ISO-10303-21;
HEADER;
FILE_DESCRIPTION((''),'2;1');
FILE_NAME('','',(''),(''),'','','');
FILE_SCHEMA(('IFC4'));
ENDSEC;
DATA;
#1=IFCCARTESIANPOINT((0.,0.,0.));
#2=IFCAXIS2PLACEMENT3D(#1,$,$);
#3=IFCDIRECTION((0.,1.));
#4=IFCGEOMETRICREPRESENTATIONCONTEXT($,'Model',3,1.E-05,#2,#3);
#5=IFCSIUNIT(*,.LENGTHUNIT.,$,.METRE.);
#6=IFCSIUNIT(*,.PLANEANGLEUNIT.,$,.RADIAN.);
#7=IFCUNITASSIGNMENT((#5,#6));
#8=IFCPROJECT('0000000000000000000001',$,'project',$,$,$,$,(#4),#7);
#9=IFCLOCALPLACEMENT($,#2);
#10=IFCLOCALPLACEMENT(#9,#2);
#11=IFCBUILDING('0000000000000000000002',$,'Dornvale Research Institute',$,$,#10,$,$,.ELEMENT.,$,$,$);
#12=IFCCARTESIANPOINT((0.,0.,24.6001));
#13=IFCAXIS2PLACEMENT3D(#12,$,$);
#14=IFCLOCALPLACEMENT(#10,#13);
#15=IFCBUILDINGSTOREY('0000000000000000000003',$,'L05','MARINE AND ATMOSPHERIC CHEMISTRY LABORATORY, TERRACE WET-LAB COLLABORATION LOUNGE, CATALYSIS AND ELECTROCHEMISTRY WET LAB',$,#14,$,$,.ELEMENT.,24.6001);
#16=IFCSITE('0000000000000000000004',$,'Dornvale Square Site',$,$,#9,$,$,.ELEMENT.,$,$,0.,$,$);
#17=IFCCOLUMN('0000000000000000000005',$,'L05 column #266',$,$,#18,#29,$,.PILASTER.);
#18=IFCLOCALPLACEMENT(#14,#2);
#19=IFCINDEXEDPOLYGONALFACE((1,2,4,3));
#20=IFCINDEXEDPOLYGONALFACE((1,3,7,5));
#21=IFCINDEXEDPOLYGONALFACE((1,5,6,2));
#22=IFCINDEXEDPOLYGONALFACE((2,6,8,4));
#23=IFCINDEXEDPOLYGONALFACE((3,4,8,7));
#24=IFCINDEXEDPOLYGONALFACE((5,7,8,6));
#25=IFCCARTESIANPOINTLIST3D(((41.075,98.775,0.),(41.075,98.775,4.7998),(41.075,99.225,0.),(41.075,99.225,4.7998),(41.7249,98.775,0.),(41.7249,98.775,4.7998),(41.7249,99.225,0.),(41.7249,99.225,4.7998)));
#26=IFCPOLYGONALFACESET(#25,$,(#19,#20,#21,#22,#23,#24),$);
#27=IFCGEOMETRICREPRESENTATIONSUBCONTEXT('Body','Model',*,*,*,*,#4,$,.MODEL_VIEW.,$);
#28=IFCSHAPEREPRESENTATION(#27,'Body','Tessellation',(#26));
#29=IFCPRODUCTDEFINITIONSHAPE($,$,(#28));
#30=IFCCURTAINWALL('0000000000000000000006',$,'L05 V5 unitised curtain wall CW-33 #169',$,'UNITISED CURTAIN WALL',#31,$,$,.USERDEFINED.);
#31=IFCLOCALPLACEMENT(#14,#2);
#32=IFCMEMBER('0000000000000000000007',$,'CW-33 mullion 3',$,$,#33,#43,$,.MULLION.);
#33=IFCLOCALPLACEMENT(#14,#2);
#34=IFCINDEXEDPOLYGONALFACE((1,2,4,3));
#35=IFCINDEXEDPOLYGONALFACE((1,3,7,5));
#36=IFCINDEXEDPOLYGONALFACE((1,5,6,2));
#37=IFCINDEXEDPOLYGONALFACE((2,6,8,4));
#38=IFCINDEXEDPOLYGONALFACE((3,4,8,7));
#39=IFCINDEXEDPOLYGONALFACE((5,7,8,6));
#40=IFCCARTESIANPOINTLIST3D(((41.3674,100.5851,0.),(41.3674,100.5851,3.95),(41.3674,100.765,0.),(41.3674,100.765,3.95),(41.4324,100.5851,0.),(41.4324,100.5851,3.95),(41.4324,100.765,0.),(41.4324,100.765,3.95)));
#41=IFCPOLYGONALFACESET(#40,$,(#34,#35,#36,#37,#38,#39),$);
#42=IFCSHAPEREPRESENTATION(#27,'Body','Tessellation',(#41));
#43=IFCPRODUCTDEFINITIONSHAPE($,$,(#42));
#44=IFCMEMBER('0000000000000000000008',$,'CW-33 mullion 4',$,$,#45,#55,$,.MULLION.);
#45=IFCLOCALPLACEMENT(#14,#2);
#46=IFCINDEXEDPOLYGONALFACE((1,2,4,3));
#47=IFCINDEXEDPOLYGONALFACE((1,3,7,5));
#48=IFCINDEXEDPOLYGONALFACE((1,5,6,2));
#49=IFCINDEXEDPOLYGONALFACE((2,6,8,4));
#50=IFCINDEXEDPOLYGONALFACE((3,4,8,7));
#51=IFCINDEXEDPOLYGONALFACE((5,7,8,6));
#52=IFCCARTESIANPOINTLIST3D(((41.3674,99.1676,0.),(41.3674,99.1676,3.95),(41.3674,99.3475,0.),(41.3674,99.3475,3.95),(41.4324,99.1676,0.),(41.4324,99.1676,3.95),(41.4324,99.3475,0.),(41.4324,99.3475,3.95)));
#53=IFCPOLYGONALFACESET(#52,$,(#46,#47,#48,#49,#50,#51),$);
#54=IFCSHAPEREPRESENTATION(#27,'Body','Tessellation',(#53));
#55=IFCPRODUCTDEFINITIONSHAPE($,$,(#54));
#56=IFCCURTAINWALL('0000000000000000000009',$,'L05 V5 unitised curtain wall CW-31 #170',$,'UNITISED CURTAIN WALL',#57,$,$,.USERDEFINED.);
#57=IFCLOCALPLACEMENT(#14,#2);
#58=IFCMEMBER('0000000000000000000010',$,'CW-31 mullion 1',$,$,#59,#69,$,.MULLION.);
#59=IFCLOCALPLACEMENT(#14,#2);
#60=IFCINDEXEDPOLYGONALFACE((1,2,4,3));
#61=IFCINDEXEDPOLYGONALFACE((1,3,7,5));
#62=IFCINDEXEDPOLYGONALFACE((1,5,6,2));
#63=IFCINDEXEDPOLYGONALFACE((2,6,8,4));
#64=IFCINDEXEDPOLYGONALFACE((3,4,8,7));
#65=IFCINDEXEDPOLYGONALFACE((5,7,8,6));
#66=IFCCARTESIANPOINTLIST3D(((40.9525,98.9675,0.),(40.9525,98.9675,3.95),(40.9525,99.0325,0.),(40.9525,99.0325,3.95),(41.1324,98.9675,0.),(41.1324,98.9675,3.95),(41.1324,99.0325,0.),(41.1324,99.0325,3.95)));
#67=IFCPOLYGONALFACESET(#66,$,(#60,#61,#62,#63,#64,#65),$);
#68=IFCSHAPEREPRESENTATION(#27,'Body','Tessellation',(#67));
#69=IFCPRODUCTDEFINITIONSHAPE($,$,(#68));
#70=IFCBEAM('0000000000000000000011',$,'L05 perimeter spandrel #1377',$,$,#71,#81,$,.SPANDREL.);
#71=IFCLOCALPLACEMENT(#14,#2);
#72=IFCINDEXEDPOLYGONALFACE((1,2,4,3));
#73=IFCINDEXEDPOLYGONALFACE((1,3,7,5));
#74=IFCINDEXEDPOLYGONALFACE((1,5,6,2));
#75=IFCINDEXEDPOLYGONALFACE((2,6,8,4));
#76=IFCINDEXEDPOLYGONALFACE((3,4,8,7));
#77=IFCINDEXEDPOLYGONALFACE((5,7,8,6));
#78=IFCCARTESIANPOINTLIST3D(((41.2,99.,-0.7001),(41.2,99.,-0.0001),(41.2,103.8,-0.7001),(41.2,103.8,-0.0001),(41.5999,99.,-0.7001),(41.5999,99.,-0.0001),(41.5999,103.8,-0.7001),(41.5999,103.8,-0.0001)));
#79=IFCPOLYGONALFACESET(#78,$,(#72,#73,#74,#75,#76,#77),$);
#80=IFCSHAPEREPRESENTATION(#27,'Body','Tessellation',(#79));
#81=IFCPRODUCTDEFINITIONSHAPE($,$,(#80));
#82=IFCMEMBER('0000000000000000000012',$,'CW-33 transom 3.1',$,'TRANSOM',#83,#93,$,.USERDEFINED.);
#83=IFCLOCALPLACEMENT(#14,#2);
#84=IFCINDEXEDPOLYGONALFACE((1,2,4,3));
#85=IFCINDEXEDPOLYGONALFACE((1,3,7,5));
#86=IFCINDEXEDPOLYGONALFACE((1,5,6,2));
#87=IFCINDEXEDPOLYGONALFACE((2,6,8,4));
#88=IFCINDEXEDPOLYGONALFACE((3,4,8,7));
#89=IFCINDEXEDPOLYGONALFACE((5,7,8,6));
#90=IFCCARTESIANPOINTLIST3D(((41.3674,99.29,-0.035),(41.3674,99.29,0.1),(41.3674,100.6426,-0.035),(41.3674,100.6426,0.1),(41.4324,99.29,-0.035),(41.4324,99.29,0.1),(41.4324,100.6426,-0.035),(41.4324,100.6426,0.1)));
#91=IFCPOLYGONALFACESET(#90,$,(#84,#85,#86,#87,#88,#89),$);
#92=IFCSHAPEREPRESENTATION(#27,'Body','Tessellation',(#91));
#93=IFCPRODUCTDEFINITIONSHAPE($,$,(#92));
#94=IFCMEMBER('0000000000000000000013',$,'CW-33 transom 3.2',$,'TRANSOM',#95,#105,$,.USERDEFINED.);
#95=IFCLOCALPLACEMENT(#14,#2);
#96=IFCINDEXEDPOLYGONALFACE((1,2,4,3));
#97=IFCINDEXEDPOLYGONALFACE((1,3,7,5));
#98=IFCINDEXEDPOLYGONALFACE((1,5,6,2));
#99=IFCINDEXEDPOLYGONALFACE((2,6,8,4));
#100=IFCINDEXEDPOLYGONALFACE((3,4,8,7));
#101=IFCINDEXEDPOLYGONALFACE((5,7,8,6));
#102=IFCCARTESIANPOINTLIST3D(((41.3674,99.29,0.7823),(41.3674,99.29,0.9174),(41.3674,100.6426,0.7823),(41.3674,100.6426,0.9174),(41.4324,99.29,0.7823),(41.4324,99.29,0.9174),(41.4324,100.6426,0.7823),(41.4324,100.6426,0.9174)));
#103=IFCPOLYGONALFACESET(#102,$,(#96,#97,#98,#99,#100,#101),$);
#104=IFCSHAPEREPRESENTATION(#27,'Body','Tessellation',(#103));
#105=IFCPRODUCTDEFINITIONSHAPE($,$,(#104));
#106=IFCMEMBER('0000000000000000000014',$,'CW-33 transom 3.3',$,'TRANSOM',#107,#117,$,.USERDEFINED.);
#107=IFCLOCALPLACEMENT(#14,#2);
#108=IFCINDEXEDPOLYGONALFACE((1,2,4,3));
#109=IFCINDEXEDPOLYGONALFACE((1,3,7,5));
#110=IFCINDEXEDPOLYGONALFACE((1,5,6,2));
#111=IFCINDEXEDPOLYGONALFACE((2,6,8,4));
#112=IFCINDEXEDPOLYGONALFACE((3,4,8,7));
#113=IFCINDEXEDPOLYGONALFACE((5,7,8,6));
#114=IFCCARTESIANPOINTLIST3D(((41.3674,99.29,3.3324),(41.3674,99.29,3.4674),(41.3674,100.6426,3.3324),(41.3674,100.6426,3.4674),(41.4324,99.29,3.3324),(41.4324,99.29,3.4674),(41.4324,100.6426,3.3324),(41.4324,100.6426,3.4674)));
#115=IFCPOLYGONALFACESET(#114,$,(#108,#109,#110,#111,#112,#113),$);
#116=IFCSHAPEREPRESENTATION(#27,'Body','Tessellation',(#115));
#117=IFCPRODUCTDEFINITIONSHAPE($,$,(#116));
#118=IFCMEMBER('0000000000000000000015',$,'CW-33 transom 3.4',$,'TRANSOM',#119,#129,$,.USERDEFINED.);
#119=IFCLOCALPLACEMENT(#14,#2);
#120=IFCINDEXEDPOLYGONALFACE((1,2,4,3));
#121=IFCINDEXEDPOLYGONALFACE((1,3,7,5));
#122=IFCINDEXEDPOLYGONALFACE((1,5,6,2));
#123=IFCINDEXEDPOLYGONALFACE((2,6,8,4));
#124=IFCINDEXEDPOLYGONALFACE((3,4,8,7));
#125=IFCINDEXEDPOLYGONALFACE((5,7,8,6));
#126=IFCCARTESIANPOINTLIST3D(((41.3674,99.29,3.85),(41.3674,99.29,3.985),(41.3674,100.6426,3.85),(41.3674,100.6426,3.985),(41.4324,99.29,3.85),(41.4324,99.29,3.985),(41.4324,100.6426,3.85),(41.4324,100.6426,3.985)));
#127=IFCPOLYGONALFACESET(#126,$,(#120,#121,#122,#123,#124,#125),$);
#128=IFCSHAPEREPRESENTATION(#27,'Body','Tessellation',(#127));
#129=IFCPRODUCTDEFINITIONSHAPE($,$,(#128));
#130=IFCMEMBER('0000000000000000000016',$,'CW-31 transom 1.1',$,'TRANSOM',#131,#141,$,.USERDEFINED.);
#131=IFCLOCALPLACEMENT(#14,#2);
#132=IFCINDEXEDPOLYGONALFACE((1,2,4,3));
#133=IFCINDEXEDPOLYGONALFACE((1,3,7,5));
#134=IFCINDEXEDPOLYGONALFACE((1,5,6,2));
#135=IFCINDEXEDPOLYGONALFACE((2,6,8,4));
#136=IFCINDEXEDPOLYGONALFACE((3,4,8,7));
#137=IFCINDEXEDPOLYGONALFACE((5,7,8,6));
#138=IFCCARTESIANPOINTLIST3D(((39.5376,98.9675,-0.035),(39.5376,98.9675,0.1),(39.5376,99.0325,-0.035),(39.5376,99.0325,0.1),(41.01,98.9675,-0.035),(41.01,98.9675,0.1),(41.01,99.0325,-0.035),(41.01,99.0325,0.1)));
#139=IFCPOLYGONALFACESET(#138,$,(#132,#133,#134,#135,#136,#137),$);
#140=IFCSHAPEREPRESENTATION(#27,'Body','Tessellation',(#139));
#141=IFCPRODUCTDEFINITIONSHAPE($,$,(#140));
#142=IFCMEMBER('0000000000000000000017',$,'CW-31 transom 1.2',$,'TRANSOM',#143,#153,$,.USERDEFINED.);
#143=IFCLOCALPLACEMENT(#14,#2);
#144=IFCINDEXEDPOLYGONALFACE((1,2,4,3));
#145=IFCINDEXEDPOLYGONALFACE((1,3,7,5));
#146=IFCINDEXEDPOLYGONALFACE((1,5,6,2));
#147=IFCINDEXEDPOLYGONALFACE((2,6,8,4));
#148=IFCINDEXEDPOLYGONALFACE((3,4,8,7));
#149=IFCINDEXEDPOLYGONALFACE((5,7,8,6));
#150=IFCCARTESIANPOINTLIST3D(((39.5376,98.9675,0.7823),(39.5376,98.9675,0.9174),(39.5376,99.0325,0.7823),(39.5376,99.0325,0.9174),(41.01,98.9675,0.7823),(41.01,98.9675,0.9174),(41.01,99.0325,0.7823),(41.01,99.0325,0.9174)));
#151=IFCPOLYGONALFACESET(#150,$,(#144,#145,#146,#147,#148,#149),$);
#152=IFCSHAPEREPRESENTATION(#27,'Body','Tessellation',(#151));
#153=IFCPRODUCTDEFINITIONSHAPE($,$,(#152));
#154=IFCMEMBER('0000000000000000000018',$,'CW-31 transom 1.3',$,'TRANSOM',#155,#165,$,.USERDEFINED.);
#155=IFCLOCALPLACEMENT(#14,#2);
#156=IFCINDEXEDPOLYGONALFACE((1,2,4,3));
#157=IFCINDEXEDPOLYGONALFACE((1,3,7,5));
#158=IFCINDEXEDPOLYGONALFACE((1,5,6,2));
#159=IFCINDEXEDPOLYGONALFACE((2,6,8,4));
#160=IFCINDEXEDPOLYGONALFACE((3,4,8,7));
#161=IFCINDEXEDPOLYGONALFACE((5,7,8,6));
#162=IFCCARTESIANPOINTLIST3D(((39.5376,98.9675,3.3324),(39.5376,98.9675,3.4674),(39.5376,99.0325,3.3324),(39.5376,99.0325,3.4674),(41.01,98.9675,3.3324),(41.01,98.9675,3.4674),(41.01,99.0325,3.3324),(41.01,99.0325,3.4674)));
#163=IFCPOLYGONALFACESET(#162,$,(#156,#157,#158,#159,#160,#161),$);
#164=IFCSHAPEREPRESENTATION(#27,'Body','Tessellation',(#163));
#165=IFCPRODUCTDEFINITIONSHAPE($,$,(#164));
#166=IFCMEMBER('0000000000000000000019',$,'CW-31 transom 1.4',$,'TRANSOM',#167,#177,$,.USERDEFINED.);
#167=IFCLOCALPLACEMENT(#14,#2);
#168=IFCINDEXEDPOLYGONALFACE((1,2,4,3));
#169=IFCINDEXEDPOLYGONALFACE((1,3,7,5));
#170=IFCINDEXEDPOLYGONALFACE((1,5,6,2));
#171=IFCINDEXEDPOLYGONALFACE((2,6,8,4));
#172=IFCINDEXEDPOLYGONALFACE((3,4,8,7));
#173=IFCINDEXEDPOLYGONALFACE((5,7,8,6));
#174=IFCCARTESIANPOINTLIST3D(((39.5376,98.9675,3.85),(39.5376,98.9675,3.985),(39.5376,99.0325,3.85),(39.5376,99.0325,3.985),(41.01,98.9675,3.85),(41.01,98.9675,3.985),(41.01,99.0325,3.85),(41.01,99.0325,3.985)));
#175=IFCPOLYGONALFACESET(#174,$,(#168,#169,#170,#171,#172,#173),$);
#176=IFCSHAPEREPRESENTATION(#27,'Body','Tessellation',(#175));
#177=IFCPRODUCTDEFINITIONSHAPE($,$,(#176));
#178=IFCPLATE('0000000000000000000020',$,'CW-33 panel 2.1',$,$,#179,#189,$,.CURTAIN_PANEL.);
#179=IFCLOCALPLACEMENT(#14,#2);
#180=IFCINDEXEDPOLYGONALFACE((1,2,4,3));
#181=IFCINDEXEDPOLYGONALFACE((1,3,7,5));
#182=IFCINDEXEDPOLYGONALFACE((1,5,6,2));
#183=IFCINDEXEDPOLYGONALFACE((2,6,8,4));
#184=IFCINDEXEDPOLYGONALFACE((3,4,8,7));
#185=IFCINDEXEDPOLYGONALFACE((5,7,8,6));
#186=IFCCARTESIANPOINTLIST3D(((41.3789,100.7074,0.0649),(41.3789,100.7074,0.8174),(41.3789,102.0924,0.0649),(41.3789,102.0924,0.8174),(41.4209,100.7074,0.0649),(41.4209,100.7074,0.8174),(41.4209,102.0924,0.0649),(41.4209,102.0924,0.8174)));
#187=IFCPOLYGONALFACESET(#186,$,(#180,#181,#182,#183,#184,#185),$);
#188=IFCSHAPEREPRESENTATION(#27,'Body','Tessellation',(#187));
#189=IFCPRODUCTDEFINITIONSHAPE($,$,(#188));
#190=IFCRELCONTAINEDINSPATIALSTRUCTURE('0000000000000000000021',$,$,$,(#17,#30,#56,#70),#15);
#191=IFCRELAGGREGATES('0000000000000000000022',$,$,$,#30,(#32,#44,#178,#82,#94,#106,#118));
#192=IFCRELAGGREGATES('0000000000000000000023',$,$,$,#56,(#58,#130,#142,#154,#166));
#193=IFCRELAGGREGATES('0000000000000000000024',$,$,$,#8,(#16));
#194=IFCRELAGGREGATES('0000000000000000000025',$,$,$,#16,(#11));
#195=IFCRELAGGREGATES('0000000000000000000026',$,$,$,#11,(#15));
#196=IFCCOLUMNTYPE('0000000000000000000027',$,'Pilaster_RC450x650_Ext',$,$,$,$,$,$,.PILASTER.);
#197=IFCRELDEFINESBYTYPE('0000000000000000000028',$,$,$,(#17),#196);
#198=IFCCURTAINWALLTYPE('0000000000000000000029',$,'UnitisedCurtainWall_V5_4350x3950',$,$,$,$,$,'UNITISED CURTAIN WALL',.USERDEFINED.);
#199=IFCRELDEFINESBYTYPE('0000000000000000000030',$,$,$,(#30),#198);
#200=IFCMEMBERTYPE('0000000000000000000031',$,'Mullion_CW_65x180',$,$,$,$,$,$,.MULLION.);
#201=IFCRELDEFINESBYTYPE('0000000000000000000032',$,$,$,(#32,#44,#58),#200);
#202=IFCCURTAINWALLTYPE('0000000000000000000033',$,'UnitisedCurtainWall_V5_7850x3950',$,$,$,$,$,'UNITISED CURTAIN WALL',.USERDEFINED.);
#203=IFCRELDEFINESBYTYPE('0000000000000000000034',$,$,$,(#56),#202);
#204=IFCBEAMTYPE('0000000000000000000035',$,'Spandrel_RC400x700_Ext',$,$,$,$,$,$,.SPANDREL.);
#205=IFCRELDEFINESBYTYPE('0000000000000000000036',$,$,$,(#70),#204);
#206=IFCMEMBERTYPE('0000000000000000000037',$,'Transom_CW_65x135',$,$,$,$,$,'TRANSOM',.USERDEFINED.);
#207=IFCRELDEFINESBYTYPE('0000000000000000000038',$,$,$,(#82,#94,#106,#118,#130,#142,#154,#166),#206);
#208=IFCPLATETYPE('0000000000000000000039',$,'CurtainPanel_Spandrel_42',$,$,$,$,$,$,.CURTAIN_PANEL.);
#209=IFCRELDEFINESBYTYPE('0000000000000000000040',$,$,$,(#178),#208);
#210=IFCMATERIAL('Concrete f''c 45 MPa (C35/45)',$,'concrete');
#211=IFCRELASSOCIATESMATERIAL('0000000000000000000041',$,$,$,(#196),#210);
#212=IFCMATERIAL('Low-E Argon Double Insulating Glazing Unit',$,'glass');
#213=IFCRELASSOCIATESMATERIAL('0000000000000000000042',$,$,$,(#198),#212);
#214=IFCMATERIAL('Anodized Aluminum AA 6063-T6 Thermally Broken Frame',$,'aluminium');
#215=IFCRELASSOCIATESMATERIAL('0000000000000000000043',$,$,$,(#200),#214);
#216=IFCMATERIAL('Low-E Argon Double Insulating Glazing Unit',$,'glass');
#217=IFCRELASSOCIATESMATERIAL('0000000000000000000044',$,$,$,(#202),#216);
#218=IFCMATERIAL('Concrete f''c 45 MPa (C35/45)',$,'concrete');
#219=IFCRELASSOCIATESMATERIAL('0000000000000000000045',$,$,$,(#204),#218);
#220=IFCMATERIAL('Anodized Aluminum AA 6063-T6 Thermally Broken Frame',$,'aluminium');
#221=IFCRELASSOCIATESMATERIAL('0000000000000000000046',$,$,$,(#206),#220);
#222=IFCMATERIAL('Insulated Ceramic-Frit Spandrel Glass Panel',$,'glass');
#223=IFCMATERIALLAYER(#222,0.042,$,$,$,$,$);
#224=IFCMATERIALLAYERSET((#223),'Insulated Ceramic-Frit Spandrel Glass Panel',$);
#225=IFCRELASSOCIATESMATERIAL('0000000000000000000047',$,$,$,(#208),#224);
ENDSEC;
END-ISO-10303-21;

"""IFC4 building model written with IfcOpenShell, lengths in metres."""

from ifc_helpers import new_model, si_unit, direction, frame, origin, origin_2d, place, context, subcontext, project, spatial, rectangle, extrude, material, layer, layer_set, material_profile, profile_set, type_object, element, aggregate, save


model = new_model("IFC4")

# Units and contexts
model_context = context("Model", 3, precision=1e-05, world=origin(), true_north=direction((0.0, 1.0)))
body_context = subcontext(model_context, "Body", "Model", "MODEL_VIEW")
ifc_project = project(units=[si_unit("LENGTHUNIT", "METRE"), si_unit("PLANEANGLEUNIT", "RADIAN")], contexts=[model_context])

# Site, building, storey
site_placement = place(None, origin())
site = spatial("IfcSite", under=ifc_project, at=site_placement, Name="Dornvale Square Site", CompositionType="ELEMENT", RefElevation=0.0)
building_placement = place(site_placement, origin())
building = spatial("IfcBuilding", under=site, at=building_placement, Name="Dornvale Research Institute", CompositionType="ELEMENT")
storey_placement = place(building_placement, frame((0.0, 0.0, 24.6001)))
storey = spatial("IfcBuildingStorey", under=building, at=storey_placement, Name="L05", Description="MARINE AND ATMOSPHERIC CHEMISTRY LABORATORY, TERRACE WET-LAB COLLABORATION LOUNGE, CATALYSIS AND ELECTROCHEMISTRY WET LAB", CompositionType="ELEMENT", Elevation=24.6001)

# Column
ifc_material_1 = material(Name="Concrete f'c 45 MPa (C35/45)", Category="concrete")
ifc_material_profile_1 = material_profile(ifc_material_1, rectangle(XDim=0.45, YDim=0.6499, at=origin_2d()), Name="RC 450x650")
ifc_profile_set_1 = profile_set([ifc_material_profile_1], Name="Concrete f'c 45 MPa (C35/45)")
column_type = type_object("IfcColumnType", Name="Pilaster_RC450x650_Ext", PredefinedType="PILASTER", material=ifc_profile_set_1)
column_placement = place(storey_placement, frame((41.3999, 99.0, 0.0), z_axis=(0.0, 0.0, 1.0), x_axis=(0.0, 1.0, 0.0)))
element("IfcColumn", 1, at=column_placement, inside=storey, type_object=column_type, Name="L05 column #266", PredefinedType="PILASTER", context=body_context, shape_type="SweptSolid", body=[
    extrude(rectangle(XDim=0.45, YDim=0.6499, at=origin_2d()), origin(), (0.0, 0.0, 1.0), 4.7998),
])

# Curtain wall, members
ifc_material_2 = material(Name="Low-E Argon Double Insulating Glazing Unit", Category="glass")
curtain_wall_type_1 = type_object("IfcCurtainWallType", Name="UnitisedCurtainWall_V5_4350x3950", ElementType="UNITISED CURTAIN WALL", PredefinedType="USERDEFINED", material=ifc_material_2)
curtain_wall_1_placement = place(storey_placement, origin())
curtain_wall_1 = element("IfcCurtainWall", 2, at=curtain_wall_1_placement, inside=storey, type_object=curtain_wall_type_1, Name="L05 V5 unitised curtain wall CW-33 #169", ObjectType="UNITISED CURTAIN WALL", PredefinedType="USERDEFINED")
ifc_material_3 = material(Name="Anodized Aluminum AA 6063-T6 Thermally Broken Frame", Category="aluminium")
ifc_material_profile_2 = material_profile(ifc_material_3, rectangle(XDim=0.0649, YDim=0.1799, at=origin_2d()), Name="ALU MULLION 65x180")
ifc_profile_set_2 = profile_set([ifc_material_profile_2], Name="Anodized Aluminum AA 6063-T6 Thermally Broken Frame")
member_type_1 = type_object("IfcMemberType", Name="Mullion_CW_65x180", PredefinedType="MULLION", material=ifc_profile_set_2)
member_1_placement = place(storey_placement, frame((41.3999, 100.675, 0.0), z_axis=(0.0, 0.0, 1.0), x_axis=(1.0, 0.0, 0.0)))
member_1 = element("IfcMember", 3, at=member_1_placement, type_object=member_type_1, Name="CW-33 mullion 3", PredefinedType="MULLION", context=body_context, shape_type="SweptSolid", body=[
    extrude(rectangle(XDim=0.0649, YDim=0.1799, at=origin_2d()), origin(), (0.0, 0.0, 1.0), 3.95),
])
member_2_placement = place(storey_placement, frame((41.3999, 99.2576, 0.0), z_axis=(0.0, 0.0, 1.0), x_axis=(1.0, 0.0, 0.0)))
member_2 = element("IfcMember", 4, at=member_2_placement, type_object=member_type_1, Name="CW-33 mullion 4", PredefinedType="MULLION", context=body_context, shape_type="SweptSolid", body=[
    extrude(rectangle(XDim=0.0649, YDim=0.1799, at=origin_2d()), origin(), (0.0, 0.0, 1.0), 3.95),
])

# Curtain wall, member
ifc_material_4 = material(Name="Low-E Argon Double Insulating Glazing Unit", Category="glass")
curtain_wall_type_2 = type_object("IfcCurtainWallType", Name="UnitisedCurtainWall_V5_7850x3950", ElementType="UNITISED CURTAIN WALL", PredefinedType="USERDEFINED", material=ifc_material_4)
curtain_wall_2_placement = place(storey_placement, origin())
curtain_wall_2 = element("IfcCurtainWall", 5, at=curtain_wall_2_placement, inside=storey, type_object=curtain_wall_type_2, Name="L05 V5 unitised curtain wall CW-31 #170", ObjectType="UNITISED CURTAIN WALL", PredefinedType="USERDEFINED")
member_3_placement = place(storey_placement, frame((41.0425, 99.0, 0.0), z_axis=(0.0, 0.0, 1.0), x_axis=(0.0, -1.0, 0.0)))
member_3 = element("IfcMember", 6, at=member_3_placement, type_object=member_type_1, Name="CW-31 mullion 1", PredefinedType="MULLION", context=body_context, shape_type="SweptSolid", body=[
    extrude(rectangle(XDim=0.0649, YDim=0.1799, at=origin_2d()), origin(), (0.0, 0.0, 1.0), 3.95),
])

# Beam
ifc_material_5 = material(Name="Concrete f'c 45 MPa (C35/45)", Category="concrete")
ifc_material_profile_3 = material_profile(ifc_material_5, rectangle(XDim=0.3999, YDim=0.7, at=origin_2d()), Name="RC 400x700")
ifc_profile_set_3 = profile_set([ifc_material_profile_3], Name="Concrete f'c 45 MPa (C35/45)")
beam_type = type_object("IfcBeamType", Name="Spandrel_RC400x700_Ext", PredefinedType="SPANDREL", material=ifc_profile_set_3)
beam_placement = place(storey_placement, frame((41.3999, 99.0, -0.3501), z_axis=(0.0, 1.0, 0.0), x_axis=(-1.0, 0.0, 0.0)))
element("IfcBeam", 7, at=beam_placement, inside=storey, type_object=beam_type, Name="L05 perimeter spandrel #1377", PredefinedType="SPANDREL", context=body_context, shape_type="SweptSolid", body=[
    extrude(rectangle(XDim=0.3999, YDim=0.7, at=origin_2d()), origin(), (0.0, 0.0, 1.0), 4.8),
])

# Members
ifc_material_6 = material(Name="Anodized Aluminum AA 6063-T6 Thermally Broken Frame", Category="aluminium")
ifc_material_profile_4 = material_profile(ifc_material_6, rectangle(XDim=0.0649, YDim=0.135, at=origin_2d()), Name="ALU TRANSOM 65x135")
ifc_profile_set_4 = profile_set([ifc_material_profile_4], Name="Anodized Aluminum AA 6063-T6 Thermally Broken Frame")
member_type_2 = type_object("IfcMemberType", Name="Transom_CW_65x135", ElementType="TRANSOM", PredefinedType="USERDEFINED", material=ifc_profile_set_4)
member_4_placement = place(storey_placement, frame((41.3999, 100.6426, 0.0325), z_axis=(0.0, -1.0, 0.0), x_axis=(1.0, 0.0, 0.0)))
member_4 = element("IfcMember", 8, at=member_4_placement, type_object=member_type_2, Name="CW-33 transom 3.1", ObjectType="TRANSOM", PredefinedType="USERDEFINED", context=body_context, shape_type="SweptSolid", body=[
    extrude(rectangle(XDim=0.0649, YDim=0.135, at=origin_2d()), origin(), (0.0, 0.0, 1.0), 1.3525),
])
member_5_placement = place(storey_placement, frame((41.3999, 100.6426, 0.8499), z_axis=(0.0, -1.0, 0.0), x_axis=(1.0, 0.0, 0.0)))
member_5 = element("IfcMember", 9, at=member_5_placement, type_object=member_type_2, Name="CW-33 transom 3.2", ObjectType="TRANSOM", PredefinedType="USERDEFINED", context=body_context, shape_type="SweptSolid", body=[
    extrude(rectangle(XDim=0.0649, YDim=0.135, at=origin_2d()), origin(), (0.0, 0.0, 1.0), 1.3525),
])
member_6_placement = place(storey_placement, frame((41.3999, 100.6426, 3.3999), z_axis=(0.0, -1.0, 0.0), x_axis=(1.0, 0.0, 0.0)))
member_6 = element("IfcMember", 10, at=member_6_placement, type_object=member_type_2, Name="CW-33 transom 3.3", ObjectType="TRANSOM", PredefinedType="USERDEFINED", context=body_context, shape_type="SweptSolid", body=[
    extrude(rectangle(XDim=0.0649, YDim=0.135, at=origin_2d()), origin(), (0.0, 0.0, 1.0), 1.3525),
])
member_7_placement = place(storey_placement, frame((41.3999, 100.6426, 3.9175), z_axis=(0.0, -1.0, 0.0), x_axis=(1.0, 0.0, 0.0)))
member_7 = element("IfcMember", 11, at=member_7_placement, type_object=member_type_2, Name="CW-33 transom 3.4", ObjectType="TRANSOM", PredefinedType="USERDEFINED", context=body_context, shape_type="SweptSolid", body=[
    extrude(rectangle(XDim=0.0649, YDim=0.135, at=origin_2d()), origin(), (0.0, 0.0, 1.0), 1.3525),
])
member_8_placement = place(storey_placement, frame((41.01, 99.0, 0.0325), z_axis=(-1.0, 0.0, 0.0), x_axis=(0.0, -1.0, 0.0)))
member_8 = element("IfcMember", 12, at=member_8_placement, type_object=member_type_2, Name="CW-31 transom 1.1", ObjectType="TRANSOM", PredefinedType="USERDEFINED", context=body_context, shape_type="SweptSolid", body=[
    extrude(rectangle(XDim=0.0649, YDim=0.135, at=origin_2d()), origin(), (0.0, 0.0, 1.0), 1.4724),
])
member_9_placement = place(storey_placement, frame((41.01, 99.0, 0.8499), z_axis=(-1.0, 0.0, 0.0), x_axis=(0.0, -1.0, 0.0)))
member_9 = element("IfcMember", 13, at=member_9_placement, type_object=member_type_2, Name="CW-31 transom 1.2", ObjectType="TRANSOM", PredefinedType="USERDEFINED", context=body_context, shape_type="SweptSolid", body=[
    extrude(rectangle(XDim=0.0649, YDim=0.135, at=origin_2d()), origin(), (0.0, 0.0, 1.0), 1.4724),
])
member_10_placement = place(storey_placement, frame((41.01, 99.0, 3.3999), z_axis=(-1.0, 0.0, 0.0), x_axis=(0.0, -1.0, 0.0)))
member_10 = element("IfcMember", 14, at=member_10_placement, type_object=member_type_2, Name="CW-31 transom 1.3", ObjectType="TRANSOM", PredefinedType="USERDEFINED", context=body_context, shape_type="SweptSolid", body=[
    extrude(rectangle(XDim=0.0649, YDim=0.135, at=origin_2d()), origin(), (0.0, 0.0, 1.0), 1.4724),
])
member_11_placement = place(storey_placement, frame((41.01, 99.0, 3.9175), z_axis=(-1.0, 0.0, 0.0), x_axis=(0.0, -1.0, 0.0)))
member_11 = element("IfcMember", 15, at=member_11_placement, type_object=member_type_2, Name="CW-31 transom 1.4", ObjectType="TRANSOM", PredefinedType="USERDEFINED", context=body_context, shape_type="SweptSolid", body=[
    extrude(rectangle(XDim=0.0649, YDim=0.135, at=origin_2d()), origin(), (0.0, 0.0, 1.0), 1.4724),
])

# Plate
ifc_material_7 = material(Name="Insulated Ceramic-Frit Spandrel Glass Panel", Category="glass")
ifc_layer_1 = layer(ifc_material_7, 0.042)
ifc_layer_set_1 = layer_set([ifc_layer_1], Name="Insulated Ceramic-Frit Spandrel Glass Panel")
plate_type_1 = type_object("IfcPlateType", Name="CurtainPanel_Spandrel_42", PredefinedType="CURTAIN_PANEL", material=ifc_layer_set_1)
plate_1_placement = place(storey_placement, frame((41.3999, 101.3999, 0.0649), z_axis=(0.0, 0.0, 1.0), x_axis=(0.0, -1.0, 0.0)))
plate_1 = element("IfcPlate", 16, at=plate_1_placement, type_object=plate_type_1, Name="CW-33 panel 2.1", PredefinedType="CURTAIN_PANEL", context=body_context, shape_type="SweptSolid", body=[
    extrude(rectangle(XDim=1.385, YDim=0.042, at=origin_2d()), origin(), (0.0, 0.0, 1.0), 0.7524),
])
aggregate(curtain_wall_1, [member_1, member_2, plate_1, member_4, member_5, member_6, member_7])
aggregate(curtain_wall_2, [member_3, member_8, member_9, member_10, member_11])

save(model, "model.ifc")
